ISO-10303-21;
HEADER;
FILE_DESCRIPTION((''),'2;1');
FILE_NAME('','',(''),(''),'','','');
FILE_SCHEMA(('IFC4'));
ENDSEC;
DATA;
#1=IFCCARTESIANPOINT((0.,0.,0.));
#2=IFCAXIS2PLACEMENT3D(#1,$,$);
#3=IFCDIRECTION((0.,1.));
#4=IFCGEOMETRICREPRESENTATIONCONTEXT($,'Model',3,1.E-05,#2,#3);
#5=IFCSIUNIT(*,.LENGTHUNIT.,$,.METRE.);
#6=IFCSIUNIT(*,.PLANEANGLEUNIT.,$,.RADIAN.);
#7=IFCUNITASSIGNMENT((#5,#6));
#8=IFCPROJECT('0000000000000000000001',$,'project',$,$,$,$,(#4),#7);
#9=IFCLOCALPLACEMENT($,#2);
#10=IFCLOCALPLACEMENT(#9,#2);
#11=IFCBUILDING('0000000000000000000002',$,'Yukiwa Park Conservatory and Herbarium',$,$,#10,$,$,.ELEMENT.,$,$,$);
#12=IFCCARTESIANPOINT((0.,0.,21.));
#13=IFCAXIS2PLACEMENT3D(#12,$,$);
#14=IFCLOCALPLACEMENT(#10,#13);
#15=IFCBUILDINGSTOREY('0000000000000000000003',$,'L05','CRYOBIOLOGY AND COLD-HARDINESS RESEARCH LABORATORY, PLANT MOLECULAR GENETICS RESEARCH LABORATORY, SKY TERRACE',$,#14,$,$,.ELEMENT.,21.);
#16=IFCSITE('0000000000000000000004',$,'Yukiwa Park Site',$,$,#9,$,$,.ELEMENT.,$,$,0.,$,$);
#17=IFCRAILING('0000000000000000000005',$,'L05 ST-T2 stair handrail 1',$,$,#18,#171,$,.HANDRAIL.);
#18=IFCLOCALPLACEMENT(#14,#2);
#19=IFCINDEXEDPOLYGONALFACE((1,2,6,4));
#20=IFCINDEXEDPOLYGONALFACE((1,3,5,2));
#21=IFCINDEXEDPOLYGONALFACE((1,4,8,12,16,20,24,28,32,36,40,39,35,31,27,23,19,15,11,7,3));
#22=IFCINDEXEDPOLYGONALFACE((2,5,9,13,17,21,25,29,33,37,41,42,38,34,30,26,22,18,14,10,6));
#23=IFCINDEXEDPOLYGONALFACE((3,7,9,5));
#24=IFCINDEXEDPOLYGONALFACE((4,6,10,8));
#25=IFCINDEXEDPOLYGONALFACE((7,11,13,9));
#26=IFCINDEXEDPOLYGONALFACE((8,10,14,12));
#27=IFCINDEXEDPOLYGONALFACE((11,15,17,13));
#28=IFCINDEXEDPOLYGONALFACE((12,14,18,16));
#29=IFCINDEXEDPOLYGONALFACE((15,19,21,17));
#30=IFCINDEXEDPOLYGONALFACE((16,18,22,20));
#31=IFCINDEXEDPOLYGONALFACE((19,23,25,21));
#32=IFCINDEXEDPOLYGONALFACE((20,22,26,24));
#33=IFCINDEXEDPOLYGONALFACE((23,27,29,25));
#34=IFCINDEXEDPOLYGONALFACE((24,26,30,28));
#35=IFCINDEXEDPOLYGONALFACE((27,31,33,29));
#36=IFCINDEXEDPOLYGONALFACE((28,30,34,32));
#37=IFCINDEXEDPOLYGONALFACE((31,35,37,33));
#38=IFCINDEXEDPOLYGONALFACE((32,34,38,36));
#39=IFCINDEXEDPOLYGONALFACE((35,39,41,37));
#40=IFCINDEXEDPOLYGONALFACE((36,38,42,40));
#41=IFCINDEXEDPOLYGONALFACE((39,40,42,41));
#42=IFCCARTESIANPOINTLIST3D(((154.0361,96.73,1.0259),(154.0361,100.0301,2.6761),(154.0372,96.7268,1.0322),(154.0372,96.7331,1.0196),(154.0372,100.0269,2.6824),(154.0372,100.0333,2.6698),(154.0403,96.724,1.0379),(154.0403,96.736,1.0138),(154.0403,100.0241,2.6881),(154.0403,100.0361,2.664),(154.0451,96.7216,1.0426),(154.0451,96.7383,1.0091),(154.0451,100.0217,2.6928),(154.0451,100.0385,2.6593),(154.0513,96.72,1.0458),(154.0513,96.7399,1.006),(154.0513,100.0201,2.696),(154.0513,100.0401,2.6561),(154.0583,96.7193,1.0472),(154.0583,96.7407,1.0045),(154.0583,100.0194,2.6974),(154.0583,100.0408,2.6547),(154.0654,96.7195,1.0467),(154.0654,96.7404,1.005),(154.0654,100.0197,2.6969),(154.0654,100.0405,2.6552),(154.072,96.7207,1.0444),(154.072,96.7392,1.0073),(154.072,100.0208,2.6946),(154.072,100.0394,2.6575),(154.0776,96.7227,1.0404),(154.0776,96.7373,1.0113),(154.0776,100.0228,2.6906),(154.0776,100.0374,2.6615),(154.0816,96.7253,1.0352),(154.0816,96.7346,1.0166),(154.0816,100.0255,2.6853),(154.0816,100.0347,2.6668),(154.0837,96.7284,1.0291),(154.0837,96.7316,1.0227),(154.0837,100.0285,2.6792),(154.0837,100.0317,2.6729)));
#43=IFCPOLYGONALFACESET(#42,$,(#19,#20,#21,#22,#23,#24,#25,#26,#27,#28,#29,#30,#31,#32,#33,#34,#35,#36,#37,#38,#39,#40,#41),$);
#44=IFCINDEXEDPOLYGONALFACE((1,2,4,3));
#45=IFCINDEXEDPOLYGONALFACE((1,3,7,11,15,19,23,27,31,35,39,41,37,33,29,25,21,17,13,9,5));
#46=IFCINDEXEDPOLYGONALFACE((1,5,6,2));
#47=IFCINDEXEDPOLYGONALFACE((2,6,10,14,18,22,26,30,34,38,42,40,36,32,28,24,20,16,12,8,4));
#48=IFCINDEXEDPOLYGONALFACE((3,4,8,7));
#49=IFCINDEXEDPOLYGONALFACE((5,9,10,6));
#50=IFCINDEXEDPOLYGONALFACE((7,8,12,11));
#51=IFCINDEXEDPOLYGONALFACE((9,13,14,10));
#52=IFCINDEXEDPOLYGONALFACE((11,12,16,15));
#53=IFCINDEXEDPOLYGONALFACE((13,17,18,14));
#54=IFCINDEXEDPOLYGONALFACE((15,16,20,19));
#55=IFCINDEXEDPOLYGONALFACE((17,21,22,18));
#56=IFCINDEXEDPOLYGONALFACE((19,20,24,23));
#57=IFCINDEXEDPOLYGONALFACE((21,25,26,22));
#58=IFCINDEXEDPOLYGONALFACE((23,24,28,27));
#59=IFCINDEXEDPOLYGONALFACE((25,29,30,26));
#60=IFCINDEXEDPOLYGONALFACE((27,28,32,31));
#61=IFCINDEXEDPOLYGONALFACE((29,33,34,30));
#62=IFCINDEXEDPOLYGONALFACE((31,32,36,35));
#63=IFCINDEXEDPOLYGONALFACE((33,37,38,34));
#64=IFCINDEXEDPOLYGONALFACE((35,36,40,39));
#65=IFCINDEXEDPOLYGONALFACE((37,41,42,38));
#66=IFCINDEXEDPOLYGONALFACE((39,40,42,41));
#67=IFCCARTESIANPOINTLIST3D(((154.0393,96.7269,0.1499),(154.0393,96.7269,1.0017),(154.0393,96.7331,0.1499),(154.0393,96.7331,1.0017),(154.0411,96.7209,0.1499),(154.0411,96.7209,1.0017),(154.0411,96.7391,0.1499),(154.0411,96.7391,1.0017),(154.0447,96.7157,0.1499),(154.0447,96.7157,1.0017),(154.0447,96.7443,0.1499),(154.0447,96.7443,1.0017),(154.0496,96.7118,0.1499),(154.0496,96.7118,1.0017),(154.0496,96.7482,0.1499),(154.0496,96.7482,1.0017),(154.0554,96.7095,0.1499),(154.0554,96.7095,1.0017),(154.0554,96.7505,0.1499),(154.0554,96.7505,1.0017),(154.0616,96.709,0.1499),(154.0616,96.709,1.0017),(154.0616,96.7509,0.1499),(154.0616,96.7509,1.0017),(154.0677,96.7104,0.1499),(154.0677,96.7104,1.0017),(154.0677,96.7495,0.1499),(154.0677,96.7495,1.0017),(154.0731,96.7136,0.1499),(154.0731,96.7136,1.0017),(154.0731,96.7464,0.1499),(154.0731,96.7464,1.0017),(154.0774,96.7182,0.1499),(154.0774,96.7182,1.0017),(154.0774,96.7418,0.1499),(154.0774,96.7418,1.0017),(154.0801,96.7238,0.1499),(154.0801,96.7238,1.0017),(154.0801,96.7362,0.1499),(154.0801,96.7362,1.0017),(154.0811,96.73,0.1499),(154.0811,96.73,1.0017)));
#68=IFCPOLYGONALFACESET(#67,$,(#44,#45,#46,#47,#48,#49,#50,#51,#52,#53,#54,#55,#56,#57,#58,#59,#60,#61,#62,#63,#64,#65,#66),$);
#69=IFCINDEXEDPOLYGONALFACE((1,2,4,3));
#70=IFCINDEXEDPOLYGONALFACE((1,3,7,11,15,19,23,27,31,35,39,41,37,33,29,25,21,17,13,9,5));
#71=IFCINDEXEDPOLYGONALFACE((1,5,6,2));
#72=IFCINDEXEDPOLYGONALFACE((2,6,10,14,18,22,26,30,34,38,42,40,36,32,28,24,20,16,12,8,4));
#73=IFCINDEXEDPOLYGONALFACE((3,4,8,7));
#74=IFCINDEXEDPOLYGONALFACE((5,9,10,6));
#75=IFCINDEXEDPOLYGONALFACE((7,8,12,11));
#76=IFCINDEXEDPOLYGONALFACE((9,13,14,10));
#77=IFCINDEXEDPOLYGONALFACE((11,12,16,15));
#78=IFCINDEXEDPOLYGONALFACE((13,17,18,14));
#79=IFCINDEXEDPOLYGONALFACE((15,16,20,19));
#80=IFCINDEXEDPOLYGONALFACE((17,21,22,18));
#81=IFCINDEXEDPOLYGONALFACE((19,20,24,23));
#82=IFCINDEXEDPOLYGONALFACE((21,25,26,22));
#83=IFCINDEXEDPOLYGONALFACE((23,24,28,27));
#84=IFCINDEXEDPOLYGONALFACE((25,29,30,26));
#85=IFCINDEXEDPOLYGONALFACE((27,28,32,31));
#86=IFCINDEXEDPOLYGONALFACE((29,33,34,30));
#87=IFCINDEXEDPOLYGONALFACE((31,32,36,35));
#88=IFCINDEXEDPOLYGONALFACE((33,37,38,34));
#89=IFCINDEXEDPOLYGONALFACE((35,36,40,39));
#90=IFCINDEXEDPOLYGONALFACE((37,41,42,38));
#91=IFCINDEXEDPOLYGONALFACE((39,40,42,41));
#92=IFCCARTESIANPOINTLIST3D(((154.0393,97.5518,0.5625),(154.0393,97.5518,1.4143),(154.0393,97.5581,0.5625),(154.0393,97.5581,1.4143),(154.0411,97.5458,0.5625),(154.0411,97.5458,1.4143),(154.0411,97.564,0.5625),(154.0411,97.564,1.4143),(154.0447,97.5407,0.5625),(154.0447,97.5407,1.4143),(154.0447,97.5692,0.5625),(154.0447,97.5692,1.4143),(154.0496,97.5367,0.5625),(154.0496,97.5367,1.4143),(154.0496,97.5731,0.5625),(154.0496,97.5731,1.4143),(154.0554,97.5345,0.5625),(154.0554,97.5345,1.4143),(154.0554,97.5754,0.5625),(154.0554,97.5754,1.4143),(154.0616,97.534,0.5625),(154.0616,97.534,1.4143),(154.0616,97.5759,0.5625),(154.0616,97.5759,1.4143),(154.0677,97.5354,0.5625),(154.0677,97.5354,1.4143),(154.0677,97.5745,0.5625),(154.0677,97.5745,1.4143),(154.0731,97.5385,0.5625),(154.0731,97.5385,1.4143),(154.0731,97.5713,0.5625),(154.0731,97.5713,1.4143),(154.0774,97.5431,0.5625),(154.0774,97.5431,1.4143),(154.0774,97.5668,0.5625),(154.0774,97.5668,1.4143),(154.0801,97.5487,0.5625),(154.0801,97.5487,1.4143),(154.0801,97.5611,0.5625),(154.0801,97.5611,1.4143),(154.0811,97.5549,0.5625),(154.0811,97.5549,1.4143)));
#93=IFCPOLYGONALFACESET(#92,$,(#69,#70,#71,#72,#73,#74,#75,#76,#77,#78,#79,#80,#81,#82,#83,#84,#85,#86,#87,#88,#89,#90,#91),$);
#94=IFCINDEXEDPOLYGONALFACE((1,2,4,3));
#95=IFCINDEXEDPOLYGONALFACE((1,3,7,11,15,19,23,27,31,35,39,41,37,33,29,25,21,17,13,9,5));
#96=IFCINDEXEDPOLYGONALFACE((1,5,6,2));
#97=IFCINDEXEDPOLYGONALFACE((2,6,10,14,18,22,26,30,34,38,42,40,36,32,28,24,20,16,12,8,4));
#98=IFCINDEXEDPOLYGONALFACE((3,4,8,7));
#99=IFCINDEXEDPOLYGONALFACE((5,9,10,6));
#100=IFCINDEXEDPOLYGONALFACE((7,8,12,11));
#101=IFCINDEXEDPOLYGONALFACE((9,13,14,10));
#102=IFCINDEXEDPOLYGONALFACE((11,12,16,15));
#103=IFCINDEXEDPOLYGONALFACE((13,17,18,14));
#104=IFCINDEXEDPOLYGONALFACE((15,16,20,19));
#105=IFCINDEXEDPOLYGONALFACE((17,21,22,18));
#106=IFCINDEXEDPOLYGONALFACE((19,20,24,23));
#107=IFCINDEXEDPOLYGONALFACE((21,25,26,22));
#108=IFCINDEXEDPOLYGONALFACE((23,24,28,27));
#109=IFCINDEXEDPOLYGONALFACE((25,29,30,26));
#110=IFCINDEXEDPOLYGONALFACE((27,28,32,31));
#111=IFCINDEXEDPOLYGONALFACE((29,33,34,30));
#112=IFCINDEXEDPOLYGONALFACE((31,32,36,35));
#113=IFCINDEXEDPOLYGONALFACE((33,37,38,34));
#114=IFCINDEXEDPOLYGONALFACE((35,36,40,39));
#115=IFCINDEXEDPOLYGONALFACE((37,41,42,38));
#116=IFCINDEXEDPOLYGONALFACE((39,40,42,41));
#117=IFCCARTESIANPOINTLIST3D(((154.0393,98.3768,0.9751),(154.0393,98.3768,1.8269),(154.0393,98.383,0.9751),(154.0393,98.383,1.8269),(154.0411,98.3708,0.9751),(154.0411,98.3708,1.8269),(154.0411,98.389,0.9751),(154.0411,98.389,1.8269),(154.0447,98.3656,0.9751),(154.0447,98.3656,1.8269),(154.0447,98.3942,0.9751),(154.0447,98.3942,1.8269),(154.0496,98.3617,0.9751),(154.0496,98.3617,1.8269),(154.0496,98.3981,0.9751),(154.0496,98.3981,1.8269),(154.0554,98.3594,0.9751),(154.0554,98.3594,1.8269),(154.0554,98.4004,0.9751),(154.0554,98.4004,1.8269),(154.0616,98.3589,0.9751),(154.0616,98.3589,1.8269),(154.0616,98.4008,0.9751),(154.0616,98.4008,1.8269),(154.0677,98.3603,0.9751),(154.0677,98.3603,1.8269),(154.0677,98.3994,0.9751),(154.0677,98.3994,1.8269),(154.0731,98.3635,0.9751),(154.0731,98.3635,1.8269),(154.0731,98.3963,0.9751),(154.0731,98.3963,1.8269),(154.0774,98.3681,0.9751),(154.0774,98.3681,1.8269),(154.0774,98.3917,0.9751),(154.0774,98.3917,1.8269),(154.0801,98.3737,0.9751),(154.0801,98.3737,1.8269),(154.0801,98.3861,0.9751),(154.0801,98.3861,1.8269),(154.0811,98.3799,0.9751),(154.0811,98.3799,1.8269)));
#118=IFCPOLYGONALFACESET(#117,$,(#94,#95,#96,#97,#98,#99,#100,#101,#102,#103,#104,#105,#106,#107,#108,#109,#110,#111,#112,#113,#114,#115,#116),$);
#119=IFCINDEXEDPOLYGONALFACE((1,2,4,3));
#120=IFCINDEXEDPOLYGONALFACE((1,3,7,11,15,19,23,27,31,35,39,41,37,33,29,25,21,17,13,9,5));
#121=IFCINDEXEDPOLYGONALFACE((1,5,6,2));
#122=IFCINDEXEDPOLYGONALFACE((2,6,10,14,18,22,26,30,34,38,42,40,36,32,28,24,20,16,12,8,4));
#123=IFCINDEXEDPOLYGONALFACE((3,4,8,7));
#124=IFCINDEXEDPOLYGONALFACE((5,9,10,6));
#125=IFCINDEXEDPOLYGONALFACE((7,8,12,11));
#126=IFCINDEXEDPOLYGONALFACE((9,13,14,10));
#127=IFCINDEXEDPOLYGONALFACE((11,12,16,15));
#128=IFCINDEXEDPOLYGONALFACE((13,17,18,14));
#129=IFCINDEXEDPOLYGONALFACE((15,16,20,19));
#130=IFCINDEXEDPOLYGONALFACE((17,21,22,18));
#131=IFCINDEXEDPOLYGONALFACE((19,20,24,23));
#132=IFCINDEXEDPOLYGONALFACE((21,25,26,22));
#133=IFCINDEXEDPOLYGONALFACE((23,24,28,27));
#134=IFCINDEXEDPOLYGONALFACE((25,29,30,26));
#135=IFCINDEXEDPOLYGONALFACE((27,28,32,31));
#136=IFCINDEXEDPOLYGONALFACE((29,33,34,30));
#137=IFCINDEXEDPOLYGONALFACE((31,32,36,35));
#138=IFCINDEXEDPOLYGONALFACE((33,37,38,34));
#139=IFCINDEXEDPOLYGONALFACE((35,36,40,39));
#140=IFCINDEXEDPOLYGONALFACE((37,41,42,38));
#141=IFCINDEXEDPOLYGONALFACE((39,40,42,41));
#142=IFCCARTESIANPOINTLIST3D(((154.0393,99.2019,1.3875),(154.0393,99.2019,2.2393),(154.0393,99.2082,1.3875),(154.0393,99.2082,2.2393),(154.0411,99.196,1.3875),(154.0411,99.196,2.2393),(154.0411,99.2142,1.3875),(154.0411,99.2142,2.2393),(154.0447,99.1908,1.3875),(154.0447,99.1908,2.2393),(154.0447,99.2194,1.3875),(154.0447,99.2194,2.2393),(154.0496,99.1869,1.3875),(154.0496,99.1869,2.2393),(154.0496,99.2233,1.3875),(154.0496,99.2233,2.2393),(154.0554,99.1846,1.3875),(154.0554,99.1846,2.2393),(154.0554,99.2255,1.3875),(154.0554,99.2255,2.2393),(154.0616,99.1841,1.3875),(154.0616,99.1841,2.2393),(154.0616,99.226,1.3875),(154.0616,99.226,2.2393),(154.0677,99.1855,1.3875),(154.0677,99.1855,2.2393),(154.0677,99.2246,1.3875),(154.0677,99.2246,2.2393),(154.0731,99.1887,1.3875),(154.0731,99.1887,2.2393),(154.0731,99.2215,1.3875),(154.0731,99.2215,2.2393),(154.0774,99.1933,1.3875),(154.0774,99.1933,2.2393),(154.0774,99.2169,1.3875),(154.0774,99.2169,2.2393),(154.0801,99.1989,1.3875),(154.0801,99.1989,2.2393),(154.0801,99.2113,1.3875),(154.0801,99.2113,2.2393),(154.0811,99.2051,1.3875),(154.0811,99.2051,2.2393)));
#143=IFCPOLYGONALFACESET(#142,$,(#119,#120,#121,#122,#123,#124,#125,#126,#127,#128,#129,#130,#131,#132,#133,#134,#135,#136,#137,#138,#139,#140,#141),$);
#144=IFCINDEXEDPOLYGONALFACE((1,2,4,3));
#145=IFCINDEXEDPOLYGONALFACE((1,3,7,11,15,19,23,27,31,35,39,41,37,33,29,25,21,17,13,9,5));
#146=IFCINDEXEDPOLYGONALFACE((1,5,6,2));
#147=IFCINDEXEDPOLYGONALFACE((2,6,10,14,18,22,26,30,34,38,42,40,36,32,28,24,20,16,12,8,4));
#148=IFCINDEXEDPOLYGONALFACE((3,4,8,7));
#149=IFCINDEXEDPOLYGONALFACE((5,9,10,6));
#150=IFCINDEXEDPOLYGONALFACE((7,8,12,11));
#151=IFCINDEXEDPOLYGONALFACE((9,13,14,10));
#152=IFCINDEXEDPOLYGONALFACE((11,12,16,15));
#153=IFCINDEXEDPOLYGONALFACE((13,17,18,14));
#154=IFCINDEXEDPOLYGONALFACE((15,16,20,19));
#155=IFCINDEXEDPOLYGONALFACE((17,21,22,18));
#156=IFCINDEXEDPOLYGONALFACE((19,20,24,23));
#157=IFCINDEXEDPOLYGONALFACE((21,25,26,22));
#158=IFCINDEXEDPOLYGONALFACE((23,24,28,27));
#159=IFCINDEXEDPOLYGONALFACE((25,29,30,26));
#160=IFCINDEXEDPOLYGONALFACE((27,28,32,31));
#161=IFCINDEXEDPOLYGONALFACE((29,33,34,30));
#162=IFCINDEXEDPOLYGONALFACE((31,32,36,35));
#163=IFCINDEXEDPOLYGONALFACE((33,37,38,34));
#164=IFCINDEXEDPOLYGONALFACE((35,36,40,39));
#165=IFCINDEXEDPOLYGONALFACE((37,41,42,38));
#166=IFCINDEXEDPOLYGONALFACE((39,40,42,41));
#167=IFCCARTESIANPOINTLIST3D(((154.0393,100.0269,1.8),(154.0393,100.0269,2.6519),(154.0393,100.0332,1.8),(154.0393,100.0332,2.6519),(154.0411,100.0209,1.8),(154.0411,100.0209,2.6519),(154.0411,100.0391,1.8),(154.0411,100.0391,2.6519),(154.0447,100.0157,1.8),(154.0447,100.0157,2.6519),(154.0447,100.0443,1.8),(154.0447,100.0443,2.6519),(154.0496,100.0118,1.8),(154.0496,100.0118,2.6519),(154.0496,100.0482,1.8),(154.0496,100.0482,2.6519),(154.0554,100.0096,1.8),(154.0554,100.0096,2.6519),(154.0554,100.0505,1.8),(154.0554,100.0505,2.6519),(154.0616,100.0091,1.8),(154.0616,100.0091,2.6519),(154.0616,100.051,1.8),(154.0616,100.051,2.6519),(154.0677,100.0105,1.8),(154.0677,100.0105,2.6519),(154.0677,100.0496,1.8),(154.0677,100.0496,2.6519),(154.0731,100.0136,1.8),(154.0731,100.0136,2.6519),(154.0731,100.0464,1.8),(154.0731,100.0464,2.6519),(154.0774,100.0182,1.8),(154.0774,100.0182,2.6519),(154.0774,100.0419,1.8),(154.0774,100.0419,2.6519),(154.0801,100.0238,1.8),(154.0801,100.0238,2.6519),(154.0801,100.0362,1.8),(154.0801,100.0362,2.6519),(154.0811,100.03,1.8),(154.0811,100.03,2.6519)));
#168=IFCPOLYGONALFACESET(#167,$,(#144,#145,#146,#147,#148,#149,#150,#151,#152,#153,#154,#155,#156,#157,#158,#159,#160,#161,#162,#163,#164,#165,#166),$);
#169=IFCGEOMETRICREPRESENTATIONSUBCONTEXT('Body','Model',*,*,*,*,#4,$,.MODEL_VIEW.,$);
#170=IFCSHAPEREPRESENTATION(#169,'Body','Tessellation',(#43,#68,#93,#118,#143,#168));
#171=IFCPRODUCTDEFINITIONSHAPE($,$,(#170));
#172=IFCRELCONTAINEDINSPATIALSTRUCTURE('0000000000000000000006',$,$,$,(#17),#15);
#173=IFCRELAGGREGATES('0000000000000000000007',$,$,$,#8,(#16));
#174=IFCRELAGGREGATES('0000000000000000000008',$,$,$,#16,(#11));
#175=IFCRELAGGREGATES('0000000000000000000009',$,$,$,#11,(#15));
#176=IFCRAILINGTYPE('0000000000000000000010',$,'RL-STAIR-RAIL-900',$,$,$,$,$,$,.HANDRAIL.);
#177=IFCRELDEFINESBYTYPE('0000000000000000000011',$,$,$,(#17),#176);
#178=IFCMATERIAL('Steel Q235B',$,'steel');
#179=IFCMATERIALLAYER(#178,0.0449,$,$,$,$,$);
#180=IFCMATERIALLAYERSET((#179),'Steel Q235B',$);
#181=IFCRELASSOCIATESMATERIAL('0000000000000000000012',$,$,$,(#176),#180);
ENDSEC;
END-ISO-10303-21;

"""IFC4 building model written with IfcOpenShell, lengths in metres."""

from ifc_helpers import new_model, si_unit, direction, frame, origin, origin_2d, place, context, subcontext, project, spatial, circle, extrude, material, layer, layer_set, type_object, element, save


model = new_model("IFC4")

# Units and contexts
model_context = context("Model", 3, precision=1e-05, world=origin(), true_north=direction((0.0, 1.0)))
body_context = subcontext(model_context, "Body", "Model", "MODEL_VIEW")
ifc_project = project(units=[si_unit("LENGTHUNIT", "METRE"), si_unit("PLANEANGLEUNIT", "RADIAN")], contexts=[model_context])

# Site, building, storey
site_placement = place(None, origin())
site = spatial("IfcSite", under=ifc_project, at=site_placement, Name="Yukiwa Park Site", CompositionType="ELEMENT", RefElevation=0.0)
building_placement = place(site_placement, origin())
building = spatial("IfcBuilding", under=site, at=building_placement, Name="Yukiwa Park Conservatory and Herbarium", CompositionType="ELEMENT")
storey_placement = place(building_placement, frame((0.0, 0.0, 21.0)))
storey = spatial("IfcBuildingStorey", under=building, at=storey_placement, Name="L05", Description="CRYOBIOLOGY AND COLD-HARDINESS RESEARCH LABORATORY, PLANT MOLECULAR GENETICS RESEARCH LABORATORY, SKY TERRACE", CompositionType="ELEMENT", Elevation=21.0)

# Railing
ifc_material_1 = material(Name="Steel Q235B", Category="steel")
ifc_layer_1 = layer(ifc_material_1, 0.0449)
ifc_layer_set_1 = layer_set([ifc_layer_1], Name="Steel Q235B")
railing_type_1 = type_object("IfcRailingType", Name="RL-STAIR-RAIL-900", PredefinedType="HANDRAIL", material=ifc_layer_set_1)
railing_1_placement = place(storey_placement, frame((154.0601, 96.73, 0.1499)))
element("IfcRailing", 1, at=railing_1_placement, inside=storey, type_object=railing_type_1, Name="L05 ST-T2 stair handrail 1", PredefinedType="HANDRAIL", context=body_context, shape_type="SweptSolid", body=[
    extrude(circle(Radius=0.0239, at=origin_2d()), frame((0.0, 0.0, 0.876), z_axis=(0.0, 0.894414, 0.44724), x_axis=(-1.0, 0.0, 0.0)), (0.0, 0.0, 1.0), 3.6897),
    extrude(circle(Radius=0.021, at=origin_2d()), origin(), (0.0, 0.0, 1.0), 0.8518),
    extrude(circle(Radius=0.021, at=origin_2d()), frame((0.0, 0.825, 0.4126)), (0.0, 0.0, 1.0), 0.8518),
    extrude(circle(Radius=0.021, at=origin_2d()), frame((0.0, 1.6499, 0.8252)), (0.0, 0.0, 1.0), 0.8518),
    extrude(circle(Radius=0.021, at=origin_2d()), frame((0.0, 2.4751, 1.2375)), (0.0, 0.0, 1.0), 0.8518),
    extrude(circle(Radius=0.021, at=origin_2d()), frame((0.0, 3.3, 1.6501)), (0.0, 0.0, 1.0), 0.8518),
])

save(model, "model.ifc")
